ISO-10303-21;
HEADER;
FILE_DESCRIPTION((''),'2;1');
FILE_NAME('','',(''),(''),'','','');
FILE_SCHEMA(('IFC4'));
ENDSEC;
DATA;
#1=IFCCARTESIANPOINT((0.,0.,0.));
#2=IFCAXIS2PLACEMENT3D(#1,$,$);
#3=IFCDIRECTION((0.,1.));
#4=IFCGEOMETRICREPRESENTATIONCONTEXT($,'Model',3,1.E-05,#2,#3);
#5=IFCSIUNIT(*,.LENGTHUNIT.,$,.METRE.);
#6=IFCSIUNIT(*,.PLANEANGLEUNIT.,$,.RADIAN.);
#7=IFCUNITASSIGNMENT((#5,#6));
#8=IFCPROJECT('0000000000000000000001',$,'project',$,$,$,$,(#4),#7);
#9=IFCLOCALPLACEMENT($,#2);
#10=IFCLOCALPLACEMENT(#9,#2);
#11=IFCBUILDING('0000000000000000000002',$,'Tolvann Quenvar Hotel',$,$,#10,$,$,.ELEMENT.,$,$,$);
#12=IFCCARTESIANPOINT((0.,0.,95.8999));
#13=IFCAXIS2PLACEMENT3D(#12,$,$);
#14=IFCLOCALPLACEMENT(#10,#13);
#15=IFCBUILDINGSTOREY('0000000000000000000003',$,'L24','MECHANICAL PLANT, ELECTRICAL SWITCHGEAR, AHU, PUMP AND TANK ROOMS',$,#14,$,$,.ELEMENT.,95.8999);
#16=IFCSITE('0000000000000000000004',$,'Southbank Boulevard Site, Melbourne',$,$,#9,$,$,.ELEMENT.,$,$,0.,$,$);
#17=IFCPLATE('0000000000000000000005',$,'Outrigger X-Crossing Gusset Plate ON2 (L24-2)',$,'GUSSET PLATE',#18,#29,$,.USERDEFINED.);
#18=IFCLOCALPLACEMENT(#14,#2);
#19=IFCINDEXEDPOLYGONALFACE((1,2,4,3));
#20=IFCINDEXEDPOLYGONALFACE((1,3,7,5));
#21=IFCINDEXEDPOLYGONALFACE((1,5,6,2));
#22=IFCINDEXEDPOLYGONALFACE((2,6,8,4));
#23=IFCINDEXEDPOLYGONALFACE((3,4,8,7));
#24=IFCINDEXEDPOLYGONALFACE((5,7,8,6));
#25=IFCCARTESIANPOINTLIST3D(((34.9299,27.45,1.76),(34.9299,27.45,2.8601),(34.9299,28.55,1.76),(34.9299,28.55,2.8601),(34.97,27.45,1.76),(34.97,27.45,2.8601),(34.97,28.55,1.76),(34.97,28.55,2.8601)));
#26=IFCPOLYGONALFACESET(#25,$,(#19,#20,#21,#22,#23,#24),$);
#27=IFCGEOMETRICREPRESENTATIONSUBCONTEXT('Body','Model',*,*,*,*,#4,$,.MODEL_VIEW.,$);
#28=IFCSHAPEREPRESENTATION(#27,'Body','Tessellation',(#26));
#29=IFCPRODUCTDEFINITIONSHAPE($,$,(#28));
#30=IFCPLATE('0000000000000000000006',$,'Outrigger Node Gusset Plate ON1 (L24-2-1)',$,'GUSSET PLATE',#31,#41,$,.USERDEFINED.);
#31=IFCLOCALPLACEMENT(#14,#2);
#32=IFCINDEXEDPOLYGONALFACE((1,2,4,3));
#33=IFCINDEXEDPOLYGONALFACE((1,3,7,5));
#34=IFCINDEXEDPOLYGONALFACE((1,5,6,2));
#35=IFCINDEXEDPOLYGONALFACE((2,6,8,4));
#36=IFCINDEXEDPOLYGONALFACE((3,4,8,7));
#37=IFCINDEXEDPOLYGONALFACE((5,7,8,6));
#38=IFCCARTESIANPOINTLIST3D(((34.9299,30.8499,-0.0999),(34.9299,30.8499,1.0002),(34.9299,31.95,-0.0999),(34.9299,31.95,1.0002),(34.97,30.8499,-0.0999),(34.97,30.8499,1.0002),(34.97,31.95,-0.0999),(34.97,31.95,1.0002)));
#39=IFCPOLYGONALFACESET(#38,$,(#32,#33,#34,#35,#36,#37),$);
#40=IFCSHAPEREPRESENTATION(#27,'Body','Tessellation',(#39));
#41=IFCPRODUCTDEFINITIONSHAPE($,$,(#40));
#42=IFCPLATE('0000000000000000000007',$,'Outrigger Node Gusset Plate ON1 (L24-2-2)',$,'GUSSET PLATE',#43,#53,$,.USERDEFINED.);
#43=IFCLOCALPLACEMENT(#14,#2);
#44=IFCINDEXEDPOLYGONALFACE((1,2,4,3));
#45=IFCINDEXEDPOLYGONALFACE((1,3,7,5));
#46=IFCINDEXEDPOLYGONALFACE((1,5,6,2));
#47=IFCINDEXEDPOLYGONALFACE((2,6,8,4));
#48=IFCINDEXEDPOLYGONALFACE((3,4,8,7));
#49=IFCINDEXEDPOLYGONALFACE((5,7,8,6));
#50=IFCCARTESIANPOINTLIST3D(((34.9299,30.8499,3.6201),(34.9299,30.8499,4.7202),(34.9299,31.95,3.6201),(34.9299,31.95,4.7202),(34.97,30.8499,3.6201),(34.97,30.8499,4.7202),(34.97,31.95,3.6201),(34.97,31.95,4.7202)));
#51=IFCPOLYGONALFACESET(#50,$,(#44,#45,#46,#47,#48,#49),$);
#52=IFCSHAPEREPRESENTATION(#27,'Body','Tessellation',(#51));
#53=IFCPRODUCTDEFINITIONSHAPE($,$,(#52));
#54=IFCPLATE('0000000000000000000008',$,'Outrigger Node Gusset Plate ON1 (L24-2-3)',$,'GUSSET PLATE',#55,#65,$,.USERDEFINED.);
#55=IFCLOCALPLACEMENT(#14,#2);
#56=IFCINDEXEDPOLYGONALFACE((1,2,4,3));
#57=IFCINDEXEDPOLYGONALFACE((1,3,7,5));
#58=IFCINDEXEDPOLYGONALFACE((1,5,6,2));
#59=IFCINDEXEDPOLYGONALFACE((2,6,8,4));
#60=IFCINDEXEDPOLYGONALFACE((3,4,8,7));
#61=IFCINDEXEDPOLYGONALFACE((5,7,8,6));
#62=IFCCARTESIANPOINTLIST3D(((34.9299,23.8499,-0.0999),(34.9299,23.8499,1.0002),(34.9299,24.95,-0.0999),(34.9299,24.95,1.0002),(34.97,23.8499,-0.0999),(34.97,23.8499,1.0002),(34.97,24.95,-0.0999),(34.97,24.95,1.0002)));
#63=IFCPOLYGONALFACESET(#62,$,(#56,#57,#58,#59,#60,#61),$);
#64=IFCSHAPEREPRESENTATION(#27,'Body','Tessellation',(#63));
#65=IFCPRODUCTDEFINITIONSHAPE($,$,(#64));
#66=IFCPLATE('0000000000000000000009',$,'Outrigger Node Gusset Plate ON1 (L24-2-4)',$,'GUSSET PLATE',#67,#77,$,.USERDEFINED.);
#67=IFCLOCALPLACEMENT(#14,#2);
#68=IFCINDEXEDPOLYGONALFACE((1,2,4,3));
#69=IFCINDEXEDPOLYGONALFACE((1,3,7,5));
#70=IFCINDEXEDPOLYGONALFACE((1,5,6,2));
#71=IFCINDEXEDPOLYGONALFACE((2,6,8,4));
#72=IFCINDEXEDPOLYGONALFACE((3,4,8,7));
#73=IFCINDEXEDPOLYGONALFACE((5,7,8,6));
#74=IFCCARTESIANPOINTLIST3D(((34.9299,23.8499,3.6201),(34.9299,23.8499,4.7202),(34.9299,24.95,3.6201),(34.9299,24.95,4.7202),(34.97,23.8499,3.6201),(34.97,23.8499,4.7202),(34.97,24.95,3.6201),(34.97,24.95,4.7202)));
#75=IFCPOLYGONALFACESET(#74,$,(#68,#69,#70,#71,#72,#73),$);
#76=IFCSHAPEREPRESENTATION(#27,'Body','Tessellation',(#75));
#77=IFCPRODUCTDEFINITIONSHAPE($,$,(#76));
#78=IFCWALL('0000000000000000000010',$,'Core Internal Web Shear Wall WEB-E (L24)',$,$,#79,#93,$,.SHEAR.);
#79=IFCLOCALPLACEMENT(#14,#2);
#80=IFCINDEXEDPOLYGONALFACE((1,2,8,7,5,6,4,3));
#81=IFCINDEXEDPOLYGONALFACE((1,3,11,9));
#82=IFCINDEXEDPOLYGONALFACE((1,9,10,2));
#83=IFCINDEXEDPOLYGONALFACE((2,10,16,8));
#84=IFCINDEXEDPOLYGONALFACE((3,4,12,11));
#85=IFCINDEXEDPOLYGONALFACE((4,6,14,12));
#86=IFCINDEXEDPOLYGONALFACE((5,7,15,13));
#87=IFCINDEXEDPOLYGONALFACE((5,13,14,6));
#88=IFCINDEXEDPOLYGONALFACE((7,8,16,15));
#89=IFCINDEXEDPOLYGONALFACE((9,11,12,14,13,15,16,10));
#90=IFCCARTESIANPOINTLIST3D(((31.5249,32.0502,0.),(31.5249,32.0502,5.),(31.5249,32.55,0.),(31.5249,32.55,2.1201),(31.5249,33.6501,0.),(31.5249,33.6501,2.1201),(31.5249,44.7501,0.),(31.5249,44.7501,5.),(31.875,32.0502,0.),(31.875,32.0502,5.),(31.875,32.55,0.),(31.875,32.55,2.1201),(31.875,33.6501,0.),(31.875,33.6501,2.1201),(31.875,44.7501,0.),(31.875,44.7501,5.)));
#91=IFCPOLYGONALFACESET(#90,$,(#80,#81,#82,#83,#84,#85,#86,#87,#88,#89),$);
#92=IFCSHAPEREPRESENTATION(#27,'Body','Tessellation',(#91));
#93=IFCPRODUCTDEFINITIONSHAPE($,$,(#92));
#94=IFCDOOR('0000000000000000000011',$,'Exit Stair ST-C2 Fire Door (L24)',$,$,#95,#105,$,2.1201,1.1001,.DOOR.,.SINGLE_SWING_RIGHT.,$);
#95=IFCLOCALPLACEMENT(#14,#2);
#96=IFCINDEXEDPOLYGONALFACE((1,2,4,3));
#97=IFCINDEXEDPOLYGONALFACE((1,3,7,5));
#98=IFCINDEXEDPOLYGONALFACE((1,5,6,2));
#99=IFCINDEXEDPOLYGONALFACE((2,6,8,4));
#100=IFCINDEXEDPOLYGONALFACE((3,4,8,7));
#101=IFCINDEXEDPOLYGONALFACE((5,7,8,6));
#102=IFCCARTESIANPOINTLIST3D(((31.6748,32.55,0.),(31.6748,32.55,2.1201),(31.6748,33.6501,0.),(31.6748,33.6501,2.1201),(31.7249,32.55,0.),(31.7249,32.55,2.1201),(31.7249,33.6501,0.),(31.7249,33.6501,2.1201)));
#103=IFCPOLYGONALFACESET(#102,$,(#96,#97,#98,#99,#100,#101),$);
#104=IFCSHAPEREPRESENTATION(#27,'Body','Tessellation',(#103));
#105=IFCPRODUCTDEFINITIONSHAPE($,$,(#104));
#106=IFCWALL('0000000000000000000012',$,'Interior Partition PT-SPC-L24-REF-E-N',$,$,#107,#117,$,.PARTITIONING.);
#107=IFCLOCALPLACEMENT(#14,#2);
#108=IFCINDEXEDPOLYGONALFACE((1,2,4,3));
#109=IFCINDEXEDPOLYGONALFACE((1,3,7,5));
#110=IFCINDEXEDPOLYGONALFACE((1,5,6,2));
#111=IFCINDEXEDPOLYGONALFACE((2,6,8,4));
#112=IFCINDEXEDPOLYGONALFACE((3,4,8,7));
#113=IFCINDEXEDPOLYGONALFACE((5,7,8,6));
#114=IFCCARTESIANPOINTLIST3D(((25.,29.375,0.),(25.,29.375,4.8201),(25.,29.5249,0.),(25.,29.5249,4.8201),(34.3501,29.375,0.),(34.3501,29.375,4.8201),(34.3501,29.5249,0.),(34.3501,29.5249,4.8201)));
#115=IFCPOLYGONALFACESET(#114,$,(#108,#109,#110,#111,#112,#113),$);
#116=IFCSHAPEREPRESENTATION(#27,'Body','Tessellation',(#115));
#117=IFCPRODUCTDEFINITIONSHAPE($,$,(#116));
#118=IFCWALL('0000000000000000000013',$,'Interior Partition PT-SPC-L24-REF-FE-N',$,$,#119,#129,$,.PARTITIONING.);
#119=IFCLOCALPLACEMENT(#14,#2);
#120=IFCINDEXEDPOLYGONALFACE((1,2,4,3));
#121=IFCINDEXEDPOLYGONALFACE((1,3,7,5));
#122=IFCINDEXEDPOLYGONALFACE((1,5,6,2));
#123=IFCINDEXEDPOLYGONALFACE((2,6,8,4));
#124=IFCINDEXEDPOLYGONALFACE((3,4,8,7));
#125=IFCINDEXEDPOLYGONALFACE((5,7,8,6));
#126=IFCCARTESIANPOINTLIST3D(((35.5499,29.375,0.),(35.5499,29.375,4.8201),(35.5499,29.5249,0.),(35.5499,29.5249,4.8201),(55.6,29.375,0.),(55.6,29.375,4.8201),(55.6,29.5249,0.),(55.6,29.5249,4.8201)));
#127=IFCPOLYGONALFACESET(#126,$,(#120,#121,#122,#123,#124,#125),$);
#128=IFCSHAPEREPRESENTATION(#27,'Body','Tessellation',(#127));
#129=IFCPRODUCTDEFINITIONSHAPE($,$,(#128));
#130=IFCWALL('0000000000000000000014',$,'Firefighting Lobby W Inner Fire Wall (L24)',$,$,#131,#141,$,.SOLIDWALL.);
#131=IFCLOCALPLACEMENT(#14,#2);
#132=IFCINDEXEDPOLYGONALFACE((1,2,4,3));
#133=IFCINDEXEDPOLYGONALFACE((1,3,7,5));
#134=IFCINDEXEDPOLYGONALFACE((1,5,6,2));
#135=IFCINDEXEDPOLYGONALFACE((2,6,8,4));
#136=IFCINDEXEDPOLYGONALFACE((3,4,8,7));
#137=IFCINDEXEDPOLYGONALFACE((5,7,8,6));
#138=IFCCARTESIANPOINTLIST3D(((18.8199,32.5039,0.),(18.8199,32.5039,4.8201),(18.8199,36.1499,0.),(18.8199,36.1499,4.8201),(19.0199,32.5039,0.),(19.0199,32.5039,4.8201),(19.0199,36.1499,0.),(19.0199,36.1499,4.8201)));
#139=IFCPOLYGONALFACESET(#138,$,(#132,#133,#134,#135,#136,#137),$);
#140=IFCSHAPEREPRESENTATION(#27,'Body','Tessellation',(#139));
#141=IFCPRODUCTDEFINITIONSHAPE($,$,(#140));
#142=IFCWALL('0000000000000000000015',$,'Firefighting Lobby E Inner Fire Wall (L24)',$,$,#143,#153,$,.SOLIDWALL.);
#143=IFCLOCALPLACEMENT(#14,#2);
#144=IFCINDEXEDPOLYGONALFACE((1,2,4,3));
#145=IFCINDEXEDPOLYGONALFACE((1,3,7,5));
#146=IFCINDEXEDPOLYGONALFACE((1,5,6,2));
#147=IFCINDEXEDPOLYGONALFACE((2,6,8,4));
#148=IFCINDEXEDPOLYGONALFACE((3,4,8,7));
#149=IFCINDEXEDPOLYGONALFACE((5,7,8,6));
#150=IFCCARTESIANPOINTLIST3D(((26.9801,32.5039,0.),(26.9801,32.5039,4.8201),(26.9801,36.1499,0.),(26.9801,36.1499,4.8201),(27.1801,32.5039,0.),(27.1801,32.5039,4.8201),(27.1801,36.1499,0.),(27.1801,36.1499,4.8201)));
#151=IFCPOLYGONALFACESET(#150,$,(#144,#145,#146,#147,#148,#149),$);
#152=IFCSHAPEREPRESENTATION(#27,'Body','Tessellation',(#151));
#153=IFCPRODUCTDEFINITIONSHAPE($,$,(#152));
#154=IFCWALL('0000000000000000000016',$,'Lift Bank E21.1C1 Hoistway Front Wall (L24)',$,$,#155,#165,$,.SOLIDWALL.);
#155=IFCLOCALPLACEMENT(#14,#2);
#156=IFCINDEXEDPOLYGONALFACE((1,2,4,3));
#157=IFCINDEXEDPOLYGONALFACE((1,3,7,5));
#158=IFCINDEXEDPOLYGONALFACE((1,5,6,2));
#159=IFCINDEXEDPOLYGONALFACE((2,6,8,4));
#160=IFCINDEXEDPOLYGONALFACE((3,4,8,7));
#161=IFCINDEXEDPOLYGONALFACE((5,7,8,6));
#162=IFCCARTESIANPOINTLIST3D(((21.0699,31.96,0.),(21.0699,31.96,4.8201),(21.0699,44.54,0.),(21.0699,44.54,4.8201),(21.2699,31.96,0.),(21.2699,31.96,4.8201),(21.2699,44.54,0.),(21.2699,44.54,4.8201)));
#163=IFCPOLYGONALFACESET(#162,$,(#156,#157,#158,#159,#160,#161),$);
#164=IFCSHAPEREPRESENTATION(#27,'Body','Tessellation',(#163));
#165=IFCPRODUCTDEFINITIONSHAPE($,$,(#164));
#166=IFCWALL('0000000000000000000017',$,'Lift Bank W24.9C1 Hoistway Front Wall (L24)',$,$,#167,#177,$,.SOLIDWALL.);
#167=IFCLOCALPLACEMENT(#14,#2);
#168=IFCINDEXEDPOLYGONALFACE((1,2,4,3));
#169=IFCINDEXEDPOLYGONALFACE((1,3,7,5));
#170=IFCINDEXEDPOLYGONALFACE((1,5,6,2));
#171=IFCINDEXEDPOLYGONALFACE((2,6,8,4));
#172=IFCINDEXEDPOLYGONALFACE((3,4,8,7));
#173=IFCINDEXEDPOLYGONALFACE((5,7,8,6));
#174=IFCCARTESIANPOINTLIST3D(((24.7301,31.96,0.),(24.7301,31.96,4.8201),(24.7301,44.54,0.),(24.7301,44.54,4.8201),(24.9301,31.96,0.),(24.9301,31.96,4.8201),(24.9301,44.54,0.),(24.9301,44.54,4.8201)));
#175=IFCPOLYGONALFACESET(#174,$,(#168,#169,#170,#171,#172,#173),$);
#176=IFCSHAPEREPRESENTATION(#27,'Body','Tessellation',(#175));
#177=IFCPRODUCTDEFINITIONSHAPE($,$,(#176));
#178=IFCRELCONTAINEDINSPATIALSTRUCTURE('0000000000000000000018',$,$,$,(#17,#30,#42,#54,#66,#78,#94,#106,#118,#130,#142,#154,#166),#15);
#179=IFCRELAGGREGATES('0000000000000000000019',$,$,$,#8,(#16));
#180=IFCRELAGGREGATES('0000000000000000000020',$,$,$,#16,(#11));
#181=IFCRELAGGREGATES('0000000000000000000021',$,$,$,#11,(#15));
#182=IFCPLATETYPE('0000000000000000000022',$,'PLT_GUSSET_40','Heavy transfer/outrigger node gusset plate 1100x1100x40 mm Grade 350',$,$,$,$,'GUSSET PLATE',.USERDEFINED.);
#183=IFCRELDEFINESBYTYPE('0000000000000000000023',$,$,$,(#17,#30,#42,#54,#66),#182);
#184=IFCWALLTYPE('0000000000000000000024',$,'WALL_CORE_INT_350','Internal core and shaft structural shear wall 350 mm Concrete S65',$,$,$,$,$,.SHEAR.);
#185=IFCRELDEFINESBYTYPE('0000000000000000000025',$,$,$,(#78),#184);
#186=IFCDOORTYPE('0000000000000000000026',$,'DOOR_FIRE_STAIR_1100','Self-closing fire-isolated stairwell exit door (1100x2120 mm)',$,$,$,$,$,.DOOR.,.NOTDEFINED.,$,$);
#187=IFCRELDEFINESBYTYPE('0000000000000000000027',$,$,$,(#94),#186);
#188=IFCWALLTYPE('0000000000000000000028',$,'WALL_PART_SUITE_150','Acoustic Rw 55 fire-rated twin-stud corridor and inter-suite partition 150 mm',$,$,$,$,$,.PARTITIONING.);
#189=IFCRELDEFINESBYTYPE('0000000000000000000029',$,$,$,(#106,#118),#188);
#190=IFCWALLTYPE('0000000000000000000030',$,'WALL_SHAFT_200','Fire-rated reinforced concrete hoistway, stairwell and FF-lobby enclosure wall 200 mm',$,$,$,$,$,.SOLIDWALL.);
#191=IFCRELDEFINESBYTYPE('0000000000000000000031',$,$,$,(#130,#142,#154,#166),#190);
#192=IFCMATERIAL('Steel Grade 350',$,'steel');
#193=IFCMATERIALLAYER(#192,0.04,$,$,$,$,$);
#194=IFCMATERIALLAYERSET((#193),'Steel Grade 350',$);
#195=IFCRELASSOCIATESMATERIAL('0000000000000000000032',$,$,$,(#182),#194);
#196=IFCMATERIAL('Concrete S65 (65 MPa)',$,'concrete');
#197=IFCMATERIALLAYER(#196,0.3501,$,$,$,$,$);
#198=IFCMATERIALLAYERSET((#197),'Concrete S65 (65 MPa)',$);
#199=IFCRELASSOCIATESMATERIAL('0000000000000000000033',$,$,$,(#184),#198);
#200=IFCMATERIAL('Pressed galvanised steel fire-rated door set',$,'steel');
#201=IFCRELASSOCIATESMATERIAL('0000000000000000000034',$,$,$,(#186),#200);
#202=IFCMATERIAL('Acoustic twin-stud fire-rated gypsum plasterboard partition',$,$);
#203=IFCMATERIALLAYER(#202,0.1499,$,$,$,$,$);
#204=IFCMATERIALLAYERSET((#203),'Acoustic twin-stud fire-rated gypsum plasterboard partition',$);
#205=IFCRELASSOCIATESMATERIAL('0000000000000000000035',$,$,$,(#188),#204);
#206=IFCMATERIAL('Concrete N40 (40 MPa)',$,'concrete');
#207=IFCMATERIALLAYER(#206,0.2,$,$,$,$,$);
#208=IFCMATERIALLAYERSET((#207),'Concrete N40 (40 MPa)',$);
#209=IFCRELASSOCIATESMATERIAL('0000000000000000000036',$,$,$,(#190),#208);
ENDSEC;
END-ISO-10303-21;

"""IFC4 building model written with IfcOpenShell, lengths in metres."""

from ifc_helpers import new_model, si_unit, direction, frame, frame_2d, origin, origin_2d, place, context, subcontext, project, spatial, rectangle, extrude, source, transform, mapped, material, layer, layer_set, type_object, type_shapes, element, fill, save


model = new_model("IFC4")

# Units and contexts
model_context = context("Model", 3, precision=1e-05, world=origin(), true_north=direction((0.0, 1.0)))
body_context = subcontext(model_context, "Body", "Model", "MODEL_VIEW")
ifc_project = project(units=[si_unit("LENGTHUNIT", "METRE"), si_unit("PLANEANGLEUNIT", "RADIAN")], contexts=[model_context])

# Site, building, storey
site_placement = place(None, origin())
site = spatial("IfcSite", under=ifc_project, at=site_placement, Name="Southbank Boulevard Site, Melbourne", CompositionType="ELEMENT", RefElevation=0.0)
building_placement = place(site_placement, origin())
building = spatial("IfcBuilding", under=site, at=building_placement, Name="Tolvann Quenvar Hotel", CompositionType="ELEMENT")
storey_placement = place(building_placement, frame((0.0, 0.0, 95.8999)))
storey = spatial("IfcBuildingStorey", under=building, at=storey_placement, Name="L24", Description="MECHANICAL PLANT, ELECTRICAL SWITCHGEAR, AHU, PUMP AND TANK ROOMS", CompositionType="ELEMENT", Elevation=95.8999)

# Shared definitions
ifc_material_1 = material(Name="Steel Grade 350", Category="steel")

# Plates
ifc_layer_1 = layer(ifc_material_1, 0.04)
ifc_layer_set_1 = layer_set([ifc_layer_1], Name="Steel Grade 350")
plate_type = type_object("IfcPlateType", Name="PLT_GUSSET_40", Description="Heavy transfer/outrigger node gusset plate 1100x1100x40 mm Grade 350", ElementType="GUSSET PLATE", PredefinedType="USERDEFINED", material=ifc_layer_set_1)
shared_shape_1 = source(origin(), body_context, "Body", "SweptSolid", [
    extrude(rectangle(XDim=0.04, YDim=1.1001, at=origin_2d()), origin(), (0.0, 0.0, 1.0), 1.1001),
])
type_shapes(plate_type, [shared_shape_1])
for number, where, z_axis, x_axis, name in (
    (1, (34.95, 28.0, 1.76), (0.0, 0.0, 1.0), (1.0, 0.0, 0.0), "Outrigger X-Crossing Gusset Plate ON2 (L24-2)"),
    (2, (34.95, 31.3999, -0.0999), (0.0, 0.0, 1.0), (1.0, 0.0, 0.0), "Outrigger Node Gusset Plate ON1 (L24-2-1)"),
    (3, (34.95, 31.3999, 3.6201), (0.0, 0.0, 1.0), (1.0, 0.0, 0.0), "Outrigger Node Gusset Plate ON1 (L24-2-2)"),
    (4, (34.95, 24.3999, -0.0999), (0.0, 0.0, 1.0), (1.0, 0.0, 0.0), "Outrigger Node Gusset Plate ON1 (L24-2-3)"),
    (5, (34.95, 24.3999, 3.6201), (0.0, 0.0, 1.0), (1.0, 0.0, 0.0), "Outrigger Node Gusset Plate ON1 (L24-2-4)"),
):
    element("IfcPlate", number, at=place(storey_placement, frame(where, z_axis=z_axis, x_axis=x_axis)), inside=storey, type_object=plate_type, Name=name, ObjectType="GUSSET PLATE", PredefinedType="USERDEFINED", context=body_context, shape_type="MappedRepresentation", body=[
        mapped(shared_shape_1, transform((0.0, 0.0, 0.0), x_axis=(1.0, 0.0, 0.0), y_axis=(0.0, 1.0, 0.0), z_axis=(0.0, 0.0, 1.0), scale=1.0)),
    ])

# Wall, opening, door
ifc_material_2 = material(Name="Concrete S65 (65 MPa)", Category="concrete")
ifc_layer_2 = layer(ifc_material_2, 0.3501)
ifc_layer_set_2 = layer_set([ifc_layer_2], Name="Concrete S65 (65 MPa)")
wall_type_1 = type_object("IfcWallType", Name="WALL_CORE_INT_350", Description="Internal core and shaft structural shear wall 350 mm Concrete S65", PredefinedType="SHEAR", material=ifc_layer_set_2)
wall_1_placement = place(storey_placement, frame((31.7, 32.05, 0.0), z_axis=(0.0, 0.0, 1.0), x_axis=(0.0, 1.0, 0.0)))
wall_1 = element("IfcWall", 6, at=wall_1_placement, inside=storey, type_object=wall_type_1, Name="Core Internal Web Shear Wall WEB-E (L24)", PredefinedType="SHEAR", context=body_context, shape_type="SweptSolid", body=[
    extrude(rectangle(XDim=12.7, YDim=0.3501, at=frame_2d((6.3501, 0.0))), origin(), (0.0, 0.0, 1.0), 5.0),
])
opening_placement = place(wall_1_placement, frame((1.6001, 0.0, 0.0), z_axis=(0.0, 0.0, 1.0), x_axis=(-1.0, 0.0, 0.0)))
opening = element("IfcOpeningElement", 7, at=opening_placement, cuts=wall_1, PredefinedType="OPENING", context=body_context, shape_type="SweptSolid", body=[
    extrude(rectangle(XDim=1.1001, YDim=2.1201, at=frame_2d((0.55, 1.0601))), frame((0.0, 0.1851, 0.0), z_axis=(0.0, -1.0, 0.0), x_axis=(1.0, 0.0, 0.0)), (0.0, 0.0, 1.0), 0.3701),
])
ifc_material_3 = material(Name="Pressed galvanised steel fire-rated door set", Category="steel")
door_type = type_object("IfcDoorType", Name="DOOR_FIRE_STAIR_1100", Description="Self-closing fire-isolated stairwell exit door (1100x2120 mm)", OperationType="NOTDEFINED", PredefinedType="DOOR", material=ifc_material_3)
shared_shape_2 = source(origin(), body_context, "Body", "SweptSolid", [
    extrude(rectangle(XDim=1.1001, YDim=2.1201, at=frame_2d((0.55, 1.0601))), frame((0.0, 0.0249, 0.0), z_axis=(0.0, -1.0, 0.0), x_axis=(1.0, 0.0, 0.0)), (0.0, 0.0, 1.0), 0.05),
])
type_shapes(door_type, [shared_shape_2])
door_placement = place(opening_placement, origin())
door = element("IfcDoor", 8, at=door_placement, inside=storey, type_object=door_type, Name="Exit Stair ST-C2 Fire Door (L24)", OperationType="SINGLE_SWING_RIGHT", OverallHeight=2.1201, OverallWidth=1.1001, PredefinedType="DOOR", context=body_context, shape_type="MappedRepresentation", body=[
    mapped(shared_shape_2, transform((0.0, 0.0, 0.0), x_axis=(1.0, 0.0, 0.0), y_axis=(0.0, 1.0, 0.0), z_axis=(0.0, 0.0, 1.0), scale=1.0)),
])
fill(opening, door)

# Walls
ifc_material_4 = material(Name="Acoustic twin-stud fire-rated gypsum plasterboard partition")
ifc_layer_3 = layer(ifc_material_4, 0.1499)
ifc_layer_set_3 = layer_set([ifc_layer_3], Name="Acoustic twin-stud fire-rated gypsum plasterboard partition")
wall_type_2 = type_object("IfcWallType", Name="WALL_PART_SUITE_150", Description="Acoustic Rw 55 fire-rated twin-stud corridor and inter-suite partition 150 mm", PredefinedType="PARTITIONING", material=ifc_layer_set_3)
wall_2_placement = place(storey_placement, frame((25.0, 29.45, 0.0), z_axis=(0.0, 0.0, 1.0), x_axis=(1.0, 0.0, 0.0)))
element("IfcWall", 9, at=wall_2_placement, inside=storey, type_object=wall_type_2, Name="Interior Partition PT-SPC-L24-REF-E-N", PredefinedType="PARTITIONING", context=body_context, shape_type="SweptSolid", body=[
    extrude(rectangle(XDim=9.3501, YDim=0.1499, at=frame_2d((4.675, 0.0))), origin(), (0.0, 0.0, 1.0), 4.8201),
])
wall_3_placement = place(storey_placement, frame((35.55, 29.45, 0.0), z_axis=(0.0, 0.0, 1.0), x_axis=(1.0, 0.0, 0.0)))
element("IfcWall", 10, at=wall_3_placement, inside=storey, type_object=wall_type_2, Name="Interior Partition PT-SPC-L24-REF-FE-N", PredefinedType="PARTITIONING", context=body_context, shape_type="SweptSolid", body=[
    extrude(rectangle(XDim=20.05, YDim=0.1499, at=frame_2d((10.0249, 0.0))), origin(), (0.0, 0.0, 1.0), 4.8201),
])
ifc_material_5 = material(Name="Concrete N40 (40 MPa)", Category="concrete")
ifc_layer_4 = layer(ifc_material_5, 0.2)
ifc_layer_set_4 = layer_set([ifc_layer_4], Name="Concrete N40 (40 MPa)")
wall_type_3 = type_object("IfcWallType", Name="WALL_SHAFT_200", Description="Fire-rated reinforced concrete hoistway, stairwell and FF-lobby enclosure wall 200 mm", PredefinedType="SOLIDWALL", material=ifc_layer_set_4)
for number, where, z_axis, x_axis, name in (
    (11, (18.9199, 32.5039, 0.0), (0.0, 0.0, 1.0), (0.0, 1.0, 0.0), "Firefighting Lobby W Inner Fire Wall (L24)"),
    (12, (27.0801, 32.5039, 0.0), (0.0, 0.0, 1.0), (0.0, 1.0, 0.0), "Firefighting Lobby E Inner Fire Wall (L24)"),
):
    element("IfcWall", number, at=place(storey_placement, frame(where, z_axis=z_axis, x_axis=x_axis)), inside=storey, type_object=wall_type_3, Name=name, PredefinedType="SOLIDWALL", context=body_context, shape_type="SweptSolid", body=[
        extrude(rectangle(XDim=3.646, YDim=0.2, at=frame_2d((1.823, 0.0))), origin(), (0.0, 0.0, 1.0), 4.8201),
    ])
for number, where, z_axis, x_axis, name in (
    (13, (21.1699, 31.96, 0.0), (0.0, 0.0, 1.0), (0.0, 1.0, 0.0), "Lift Bank E21.1C1 Hoistway Front Wall (L24)"),
    (14, (24.8301, 31.96, 0.0), (0.0, 0.0, 1.0), (0.0, 1.0, 0.0), "Lift Bank W24.9C1 Hoistway Front Wall (L24)"),
):
    element("IfcWall", number, at=place(storey_placement, frame(where, z_axis=z_axis, x_axis=x_axis)), inside=storey, type_object=wall_type_3, Name=name, PredefinedType="SOLIDWALL", context=body_context, shape_type="SweptSolid", body=[
        extrude(rectangle(XDim=12.5801, YDim=0.2, at=frame_2d((6.29, 0.0))), origin(), (0.0, 0.0, 1.0), 4.8201),
    ])

save(model, "model.ifc")
